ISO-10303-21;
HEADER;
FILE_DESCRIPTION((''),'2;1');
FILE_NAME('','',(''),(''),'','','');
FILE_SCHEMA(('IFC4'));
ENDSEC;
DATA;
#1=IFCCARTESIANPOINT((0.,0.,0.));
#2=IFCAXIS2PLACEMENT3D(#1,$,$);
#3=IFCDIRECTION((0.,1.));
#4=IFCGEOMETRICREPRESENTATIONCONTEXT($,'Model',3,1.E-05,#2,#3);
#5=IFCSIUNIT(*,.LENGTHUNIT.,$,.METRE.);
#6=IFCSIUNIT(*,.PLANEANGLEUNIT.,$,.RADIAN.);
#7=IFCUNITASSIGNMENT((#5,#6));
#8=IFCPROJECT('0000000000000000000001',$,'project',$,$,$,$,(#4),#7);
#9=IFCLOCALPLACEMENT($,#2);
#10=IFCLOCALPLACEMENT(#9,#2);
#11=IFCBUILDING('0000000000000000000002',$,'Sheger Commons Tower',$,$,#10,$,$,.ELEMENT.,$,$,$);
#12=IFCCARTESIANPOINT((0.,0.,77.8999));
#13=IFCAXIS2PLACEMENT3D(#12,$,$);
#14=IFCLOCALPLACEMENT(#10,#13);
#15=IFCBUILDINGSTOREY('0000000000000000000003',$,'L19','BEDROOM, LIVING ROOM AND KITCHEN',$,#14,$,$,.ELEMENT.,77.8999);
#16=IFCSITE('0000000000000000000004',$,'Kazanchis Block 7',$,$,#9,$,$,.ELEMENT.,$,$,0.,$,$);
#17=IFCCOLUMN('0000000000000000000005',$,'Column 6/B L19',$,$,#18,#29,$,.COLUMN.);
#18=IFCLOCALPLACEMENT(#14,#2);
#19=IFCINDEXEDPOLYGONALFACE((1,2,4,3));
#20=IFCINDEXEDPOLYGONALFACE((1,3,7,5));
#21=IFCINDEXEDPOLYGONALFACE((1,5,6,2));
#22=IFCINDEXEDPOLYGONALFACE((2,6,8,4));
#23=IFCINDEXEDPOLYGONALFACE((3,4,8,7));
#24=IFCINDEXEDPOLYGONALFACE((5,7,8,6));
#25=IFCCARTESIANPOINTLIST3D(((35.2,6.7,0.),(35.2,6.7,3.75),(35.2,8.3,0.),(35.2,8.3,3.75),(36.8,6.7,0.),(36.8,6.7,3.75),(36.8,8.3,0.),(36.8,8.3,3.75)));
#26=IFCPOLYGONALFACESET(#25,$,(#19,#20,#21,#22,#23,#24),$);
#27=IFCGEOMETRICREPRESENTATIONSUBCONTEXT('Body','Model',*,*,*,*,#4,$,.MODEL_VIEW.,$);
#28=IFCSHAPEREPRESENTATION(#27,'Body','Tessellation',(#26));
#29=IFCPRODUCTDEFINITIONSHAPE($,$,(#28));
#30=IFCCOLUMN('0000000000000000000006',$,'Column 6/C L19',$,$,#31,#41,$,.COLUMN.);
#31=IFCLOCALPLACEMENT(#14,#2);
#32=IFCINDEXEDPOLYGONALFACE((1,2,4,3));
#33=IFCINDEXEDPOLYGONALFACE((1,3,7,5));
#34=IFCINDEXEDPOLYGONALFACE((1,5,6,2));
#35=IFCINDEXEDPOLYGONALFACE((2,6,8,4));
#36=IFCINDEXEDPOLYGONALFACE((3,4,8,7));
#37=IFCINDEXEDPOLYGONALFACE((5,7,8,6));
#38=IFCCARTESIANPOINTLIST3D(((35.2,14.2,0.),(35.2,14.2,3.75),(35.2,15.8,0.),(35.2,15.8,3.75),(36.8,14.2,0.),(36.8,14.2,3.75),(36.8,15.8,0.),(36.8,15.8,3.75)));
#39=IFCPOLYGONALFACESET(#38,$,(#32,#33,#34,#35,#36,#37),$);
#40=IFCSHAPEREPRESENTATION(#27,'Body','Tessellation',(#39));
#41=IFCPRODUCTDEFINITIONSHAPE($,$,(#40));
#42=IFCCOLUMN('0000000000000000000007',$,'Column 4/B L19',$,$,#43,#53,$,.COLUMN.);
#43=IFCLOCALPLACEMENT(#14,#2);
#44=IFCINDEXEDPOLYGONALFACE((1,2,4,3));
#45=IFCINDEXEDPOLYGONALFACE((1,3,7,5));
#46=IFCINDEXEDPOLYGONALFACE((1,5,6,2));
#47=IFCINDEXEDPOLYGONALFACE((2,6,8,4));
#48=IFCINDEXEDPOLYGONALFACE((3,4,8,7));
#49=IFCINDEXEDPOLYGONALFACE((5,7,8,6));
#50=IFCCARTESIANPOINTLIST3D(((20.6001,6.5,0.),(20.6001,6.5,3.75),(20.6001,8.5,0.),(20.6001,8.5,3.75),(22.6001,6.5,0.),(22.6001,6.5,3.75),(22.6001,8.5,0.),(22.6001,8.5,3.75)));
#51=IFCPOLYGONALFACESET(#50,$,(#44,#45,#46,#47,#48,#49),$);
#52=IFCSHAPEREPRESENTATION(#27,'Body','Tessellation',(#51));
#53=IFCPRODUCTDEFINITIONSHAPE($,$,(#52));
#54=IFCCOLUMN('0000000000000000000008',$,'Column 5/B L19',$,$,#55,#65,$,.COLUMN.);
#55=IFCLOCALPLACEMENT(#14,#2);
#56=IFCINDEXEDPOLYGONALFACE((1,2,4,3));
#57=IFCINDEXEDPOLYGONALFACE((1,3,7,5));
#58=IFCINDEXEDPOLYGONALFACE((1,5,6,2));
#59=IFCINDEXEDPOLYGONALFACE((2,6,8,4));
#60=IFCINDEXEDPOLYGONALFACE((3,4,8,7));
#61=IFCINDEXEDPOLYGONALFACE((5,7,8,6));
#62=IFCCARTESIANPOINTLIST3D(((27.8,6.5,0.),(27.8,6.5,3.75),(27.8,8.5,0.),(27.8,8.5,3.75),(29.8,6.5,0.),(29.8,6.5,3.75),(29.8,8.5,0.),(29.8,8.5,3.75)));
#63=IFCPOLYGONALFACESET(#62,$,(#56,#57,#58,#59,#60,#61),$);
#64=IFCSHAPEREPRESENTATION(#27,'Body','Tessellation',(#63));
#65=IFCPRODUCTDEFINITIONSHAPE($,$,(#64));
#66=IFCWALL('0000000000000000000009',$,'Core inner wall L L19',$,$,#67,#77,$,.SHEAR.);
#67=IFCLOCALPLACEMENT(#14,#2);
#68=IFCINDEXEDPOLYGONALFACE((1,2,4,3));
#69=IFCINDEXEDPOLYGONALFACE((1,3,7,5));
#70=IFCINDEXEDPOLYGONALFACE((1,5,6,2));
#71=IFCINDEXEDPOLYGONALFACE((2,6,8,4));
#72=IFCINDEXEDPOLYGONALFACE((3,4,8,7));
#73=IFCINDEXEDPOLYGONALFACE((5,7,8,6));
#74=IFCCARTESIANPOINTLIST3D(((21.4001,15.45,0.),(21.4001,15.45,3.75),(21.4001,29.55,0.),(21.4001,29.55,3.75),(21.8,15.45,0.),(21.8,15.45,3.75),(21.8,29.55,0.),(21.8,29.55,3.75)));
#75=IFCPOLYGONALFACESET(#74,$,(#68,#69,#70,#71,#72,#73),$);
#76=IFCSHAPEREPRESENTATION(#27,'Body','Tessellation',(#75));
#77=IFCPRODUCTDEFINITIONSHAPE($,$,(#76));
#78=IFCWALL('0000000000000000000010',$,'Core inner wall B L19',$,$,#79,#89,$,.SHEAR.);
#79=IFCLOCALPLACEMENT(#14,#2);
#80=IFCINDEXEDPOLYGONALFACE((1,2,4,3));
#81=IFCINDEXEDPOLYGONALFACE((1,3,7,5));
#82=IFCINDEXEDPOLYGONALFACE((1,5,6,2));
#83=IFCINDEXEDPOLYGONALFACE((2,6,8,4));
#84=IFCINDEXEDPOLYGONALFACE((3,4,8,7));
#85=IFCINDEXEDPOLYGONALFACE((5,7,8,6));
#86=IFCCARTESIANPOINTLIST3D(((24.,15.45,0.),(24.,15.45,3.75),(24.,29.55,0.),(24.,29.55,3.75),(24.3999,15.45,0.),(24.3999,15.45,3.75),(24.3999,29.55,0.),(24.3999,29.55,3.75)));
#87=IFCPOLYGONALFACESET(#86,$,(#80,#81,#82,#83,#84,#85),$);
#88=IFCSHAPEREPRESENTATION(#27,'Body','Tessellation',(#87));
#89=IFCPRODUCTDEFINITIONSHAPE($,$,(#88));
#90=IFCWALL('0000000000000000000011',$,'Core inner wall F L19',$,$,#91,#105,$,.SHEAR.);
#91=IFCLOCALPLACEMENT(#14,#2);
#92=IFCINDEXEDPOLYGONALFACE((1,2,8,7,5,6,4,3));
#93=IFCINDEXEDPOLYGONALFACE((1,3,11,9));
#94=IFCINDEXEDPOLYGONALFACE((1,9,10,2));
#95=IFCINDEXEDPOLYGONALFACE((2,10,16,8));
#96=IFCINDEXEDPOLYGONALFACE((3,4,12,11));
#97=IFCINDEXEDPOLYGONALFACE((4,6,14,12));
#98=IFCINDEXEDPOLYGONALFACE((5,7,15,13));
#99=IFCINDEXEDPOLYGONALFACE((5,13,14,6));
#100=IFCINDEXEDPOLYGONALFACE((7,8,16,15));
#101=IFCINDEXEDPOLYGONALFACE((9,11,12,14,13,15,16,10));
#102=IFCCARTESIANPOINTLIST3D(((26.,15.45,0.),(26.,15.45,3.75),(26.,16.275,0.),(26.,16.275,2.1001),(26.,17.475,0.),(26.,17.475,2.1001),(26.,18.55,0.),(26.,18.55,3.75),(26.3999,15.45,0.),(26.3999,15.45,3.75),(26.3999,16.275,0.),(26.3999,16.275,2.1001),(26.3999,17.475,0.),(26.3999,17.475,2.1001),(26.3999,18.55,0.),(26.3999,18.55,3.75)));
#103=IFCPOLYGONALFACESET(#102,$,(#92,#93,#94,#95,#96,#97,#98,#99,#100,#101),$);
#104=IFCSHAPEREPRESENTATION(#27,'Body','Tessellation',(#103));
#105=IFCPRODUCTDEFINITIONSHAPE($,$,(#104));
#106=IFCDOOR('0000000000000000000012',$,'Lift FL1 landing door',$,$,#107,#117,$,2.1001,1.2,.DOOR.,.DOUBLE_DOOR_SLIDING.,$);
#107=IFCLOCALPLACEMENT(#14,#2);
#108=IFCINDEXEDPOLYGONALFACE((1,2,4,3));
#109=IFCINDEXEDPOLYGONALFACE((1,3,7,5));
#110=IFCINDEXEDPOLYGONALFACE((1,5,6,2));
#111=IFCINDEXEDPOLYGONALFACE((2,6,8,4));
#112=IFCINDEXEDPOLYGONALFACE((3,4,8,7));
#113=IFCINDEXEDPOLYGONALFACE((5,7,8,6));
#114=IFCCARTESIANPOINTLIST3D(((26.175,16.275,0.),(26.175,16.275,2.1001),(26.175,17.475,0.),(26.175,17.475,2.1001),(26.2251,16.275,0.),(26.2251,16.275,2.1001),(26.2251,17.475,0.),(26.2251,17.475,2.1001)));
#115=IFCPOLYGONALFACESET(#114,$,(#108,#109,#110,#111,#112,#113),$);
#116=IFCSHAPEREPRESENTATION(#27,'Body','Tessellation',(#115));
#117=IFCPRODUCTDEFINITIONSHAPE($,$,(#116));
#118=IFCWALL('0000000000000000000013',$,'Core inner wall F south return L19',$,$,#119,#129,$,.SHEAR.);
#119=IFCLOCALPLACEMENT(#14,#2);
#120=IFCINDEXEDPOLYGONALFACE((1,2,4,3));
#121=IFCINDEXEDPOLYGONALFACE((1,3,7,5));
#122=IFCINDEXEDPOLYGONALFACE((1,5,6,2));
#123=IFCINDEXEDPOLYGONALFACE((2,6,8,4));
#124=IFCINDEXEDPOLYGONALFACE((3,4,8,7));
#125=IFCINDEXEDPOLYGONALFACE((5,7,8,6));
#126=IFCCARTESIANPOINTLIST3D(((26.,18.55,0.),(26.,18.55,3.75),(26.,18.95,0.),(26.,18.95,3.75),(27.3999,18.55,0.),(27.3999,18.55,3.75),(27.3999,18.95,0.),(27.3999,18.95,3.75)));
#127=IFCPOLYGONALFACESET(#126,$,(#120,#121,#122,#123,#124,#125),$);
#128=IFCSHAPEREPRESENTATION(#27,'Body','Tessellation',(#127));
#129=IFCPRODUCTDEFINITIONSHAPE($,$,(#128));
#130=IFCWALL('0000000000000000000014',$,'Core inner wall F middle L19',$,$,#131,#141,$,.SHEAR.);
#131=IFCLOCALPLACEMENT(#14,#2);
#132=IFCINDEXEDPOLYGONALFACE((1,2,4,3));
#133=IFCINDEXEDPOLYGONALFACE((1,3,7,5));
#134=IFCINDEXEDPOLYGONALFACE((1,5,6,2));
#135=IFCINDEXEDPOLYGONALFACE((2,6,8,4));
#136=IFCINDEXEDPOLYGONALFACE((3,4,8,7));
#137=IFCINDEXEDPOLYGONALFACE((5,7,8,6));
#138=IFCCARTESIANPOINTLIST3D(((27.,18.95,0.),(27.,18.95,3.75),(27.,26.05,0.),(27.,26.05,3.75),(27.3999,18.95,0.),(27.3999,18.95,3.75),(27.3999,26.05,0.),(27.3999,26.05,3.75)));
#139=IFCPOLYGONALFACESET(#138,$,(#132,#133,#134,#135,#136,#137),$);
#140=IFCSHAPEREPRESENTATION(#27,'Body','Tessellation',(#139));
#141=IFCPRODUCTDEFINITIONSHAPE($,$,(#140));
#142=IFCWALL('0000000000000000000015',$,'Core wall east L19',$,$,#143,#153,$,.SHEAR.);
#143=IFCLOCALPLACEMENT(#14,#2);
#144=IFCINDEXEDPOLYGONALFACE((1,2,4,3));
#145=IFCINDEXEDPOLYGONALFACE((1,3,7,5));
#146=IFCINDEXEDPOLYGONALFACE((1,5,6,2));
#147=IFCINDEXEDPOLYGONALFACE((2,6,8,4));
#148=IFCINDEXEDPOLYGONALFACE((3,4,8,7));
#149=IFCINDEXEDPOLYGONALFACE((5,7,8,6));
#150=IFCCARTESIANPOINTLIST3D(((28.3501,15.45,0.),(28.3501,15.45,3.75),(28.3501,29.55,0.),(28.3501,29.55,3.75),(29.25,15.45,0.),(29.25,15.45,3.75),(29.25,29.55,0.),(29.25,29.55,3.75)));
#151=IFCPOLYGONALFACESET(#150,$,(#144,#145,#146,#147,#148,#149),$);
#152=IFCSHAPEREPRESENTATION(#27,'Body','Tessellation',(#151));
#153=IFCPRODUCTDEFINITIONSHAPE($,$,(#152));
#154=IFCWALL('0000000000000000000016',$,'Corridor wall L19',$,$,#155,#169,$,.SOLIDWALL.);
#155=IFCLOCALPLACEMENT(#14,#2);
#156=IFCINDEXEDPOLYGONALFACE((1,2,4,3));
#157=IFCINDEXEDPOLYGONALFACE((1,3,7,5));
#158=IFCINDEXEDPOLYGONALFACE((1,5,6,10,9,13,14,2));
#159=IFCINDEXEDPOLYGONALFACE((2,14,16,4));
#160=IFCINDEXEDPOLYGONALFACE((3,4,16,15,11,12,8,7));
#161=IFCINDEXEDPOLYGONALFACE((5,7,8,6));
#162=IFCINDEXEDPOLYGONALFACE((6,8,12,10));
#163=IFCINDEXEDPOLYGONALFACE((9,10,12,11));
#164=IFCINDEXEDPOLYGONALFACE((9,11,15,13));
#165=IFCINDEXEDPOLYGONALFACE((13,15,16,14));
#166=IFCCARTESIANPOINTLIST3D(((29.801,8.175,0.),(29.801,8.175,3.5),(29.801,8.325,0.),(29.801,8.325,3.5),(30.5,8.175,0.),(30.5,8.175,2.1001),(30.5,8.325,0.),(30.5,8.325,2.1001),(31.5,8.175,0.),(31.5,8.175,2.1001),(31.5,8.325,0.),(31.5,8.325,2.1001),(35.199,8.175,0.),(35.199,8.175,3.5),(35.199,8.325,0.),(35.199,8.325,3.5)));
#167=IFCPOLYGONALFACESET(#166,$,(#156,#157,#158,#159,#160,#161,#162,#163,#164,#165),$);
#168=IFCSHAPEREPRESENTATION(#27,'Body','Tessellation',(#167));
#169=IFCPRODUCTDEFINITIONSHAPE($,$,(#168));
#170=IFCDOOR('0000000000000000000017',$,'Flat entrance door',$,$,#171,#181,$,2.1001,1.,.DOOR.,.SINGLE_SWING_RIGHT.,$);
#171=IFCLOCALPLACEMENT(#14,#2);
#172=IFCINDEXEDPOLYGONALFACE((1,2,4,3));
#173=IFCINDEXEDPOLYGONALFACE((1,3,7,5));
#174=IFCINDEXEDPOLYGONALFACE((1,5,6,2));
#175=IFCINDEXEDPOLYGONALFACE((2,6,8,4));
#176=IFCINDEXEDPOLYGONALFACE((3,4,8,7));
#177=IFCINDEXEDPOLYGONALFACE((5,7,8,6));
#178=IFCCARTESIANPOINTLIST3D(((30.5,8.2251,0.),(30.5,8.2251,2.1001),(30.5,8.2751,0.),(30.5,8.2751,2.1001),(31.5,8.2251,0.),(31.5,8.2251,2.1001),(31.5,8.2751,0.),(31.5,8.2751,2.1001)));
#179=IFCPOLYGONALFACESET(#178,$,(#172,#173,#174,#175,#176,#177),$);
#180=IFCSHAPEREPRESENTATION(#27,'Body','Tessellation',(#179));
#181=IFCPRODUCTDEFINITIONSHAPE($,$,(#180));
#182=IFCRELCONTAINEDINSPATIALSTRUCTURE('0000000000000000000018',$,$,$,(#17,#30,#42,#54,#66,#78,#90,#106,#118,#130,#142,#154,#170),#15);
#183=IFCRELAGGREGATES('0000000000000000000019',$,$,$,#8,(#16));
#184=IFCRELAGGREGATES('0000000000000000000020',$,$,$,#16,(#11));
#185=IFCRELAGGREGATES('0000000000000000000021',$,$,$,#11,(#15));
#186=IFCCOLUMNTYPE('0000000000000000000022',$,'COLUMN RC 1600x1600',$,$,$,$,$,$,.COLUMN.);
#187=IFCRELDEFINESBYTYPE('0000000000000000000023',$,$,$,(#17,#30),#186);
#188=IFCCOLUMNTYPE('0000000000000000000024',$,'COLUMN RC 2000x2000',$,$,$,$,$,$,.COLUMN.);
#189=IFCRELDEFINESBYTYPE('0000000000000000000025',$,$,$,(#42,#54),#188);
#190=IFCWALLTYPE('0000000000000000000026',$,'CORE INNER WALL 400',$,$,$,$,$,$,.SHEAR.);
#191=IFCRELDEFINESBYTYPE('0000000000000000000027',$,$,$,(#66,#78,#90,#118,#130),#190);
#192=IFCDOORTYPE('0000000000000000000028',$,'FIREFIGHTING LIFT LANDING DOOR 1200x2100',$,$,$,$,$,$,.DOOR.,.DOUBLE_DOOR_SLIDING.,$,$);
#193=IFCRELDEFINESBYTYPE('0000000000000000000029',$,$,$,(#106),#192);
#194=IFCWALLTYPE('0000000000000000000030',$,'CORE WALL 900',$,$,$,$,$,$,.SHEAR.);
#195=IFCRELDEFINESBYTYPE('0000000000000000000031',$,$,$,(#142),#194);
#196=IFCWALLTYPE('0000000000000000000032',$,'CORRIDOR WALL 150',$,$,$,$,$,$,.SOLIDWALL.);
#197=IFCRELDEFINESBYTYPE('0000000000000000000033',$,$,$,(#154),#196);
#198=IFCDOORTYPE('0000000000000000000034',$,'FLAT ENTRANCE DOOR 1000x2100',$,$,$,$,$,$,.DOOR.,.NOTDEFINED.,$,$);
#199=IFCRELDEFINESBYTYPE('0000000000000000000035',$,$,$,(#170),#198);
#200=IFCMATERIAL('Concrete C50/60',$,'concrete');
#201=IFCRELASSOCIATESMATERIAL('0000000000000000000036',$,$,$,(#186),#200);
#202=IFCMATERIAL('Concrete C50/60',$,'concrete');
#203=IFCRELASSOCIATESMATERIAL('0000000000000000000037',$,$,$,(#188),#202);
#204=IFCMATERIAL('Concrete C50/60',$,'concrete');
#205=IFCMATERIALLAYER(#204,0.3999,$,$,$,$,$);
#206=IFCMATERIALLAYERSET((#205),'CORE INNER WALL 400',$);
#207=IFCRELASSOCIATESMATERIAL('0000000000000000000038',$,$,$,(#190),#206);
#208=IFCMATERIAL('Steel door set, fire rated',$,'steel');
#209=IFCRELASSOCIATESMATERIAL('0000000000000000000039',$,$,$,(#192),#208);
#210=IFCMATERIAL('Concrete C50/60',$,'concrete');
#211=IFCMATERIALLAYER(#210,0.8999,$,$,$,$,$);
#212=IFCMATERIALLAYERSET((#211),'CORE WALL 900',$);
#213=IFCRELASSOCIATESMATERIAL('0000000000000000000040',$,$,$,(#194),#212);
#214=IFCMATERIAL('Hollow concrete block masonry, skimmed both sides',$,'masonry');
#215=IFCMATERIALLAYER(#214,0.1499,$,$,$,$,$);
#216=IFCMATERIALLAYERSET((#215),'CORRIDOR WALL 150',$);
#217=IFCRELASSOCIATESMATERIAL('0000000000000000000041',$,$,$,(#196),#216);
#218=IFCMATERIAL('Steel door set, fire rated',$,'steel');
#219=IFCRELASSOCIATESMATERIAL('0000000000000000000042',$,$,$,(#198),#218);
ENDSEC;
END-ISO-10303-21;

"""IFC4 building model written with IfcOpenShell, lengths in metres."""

from ifc_helpers import new_model, si_unit, direction, frame, frame_2d, origin, origin_2d, place, context, subcontext, project, spatial, rectangle, extrude, material, layer, layer_set, material_profile, profile_set, type_object, element, fill, save


model = new_model("IFC4")

# Units and contexts
model_context = context("Model", 3, precision=1e-05, world=origin(), true_north=direction((0.0, 1.0)))
body_context = subcontext(model_context, "Body", "Model", "MODEL_VIEW")
ifc_project = project(units=[si_unit("LENGTHUNIT", "METRE"), si_unit("PLANEANGLEUNIT", "RADIAN")], contexts=[model_context])

# Site, building, storey
site_placement = place(None, origin())
site = spatial("IfcSite", under=ifc_project, at=site_placement, Name="Kazanchis Block 7", CompositionType="ELEMENT", RefElevation=0.0)
building_placement = place(site_placement, origin())
building = spatial("IfcBuilding", under=site, at=building_placement, Name="Sheger Commons Tower", CompositionType="ELEMENT")
storey_placement = place(building_placement, frame((0.0, 0.0, 77.8999)))
storey = spatial("IfcBuildingStorey", under=building, at=storey_placement, Name="L19", Description="BEDROOM, LIVING ROOM AND KITCHEN", CompositionType="ELEMENT", Elevation=77.8999)

# Columns
ifc_material_1 = material(Name="Concrete C50/60", Category="concrete")
ifc_material_profile_1 = material_profile(ifc_material_1, rectangle(XDim=1.6001, YDim=1.6001, at=origin_2d()), Name="RC 1600x1600")
ifc_profile_set_1 = profile_set([ifc_material_profile_1], Name="Concrete C50/60")
column_type_1 = type_object("IfcColumnType", Name="COLUMN RC 1600x1600", PredefinedType="COLUMN", material=ifc_profile_set_1)
for number, where, z_axis, x_axis, name in (
    (1, (36.0, 7.5, 0.0), (0.0, 0.0, 1.0), (1.0, 0.0, 0.0), "Column 6/B L19"),
    (2, (36.0, 15.0, 0.0), (0.0, 0.0, 1.0), (1.0, 0.0, 0.0), "Column 6/C L19"),
):
    element("IfcColumn", number, at=place(storey_placement, frame(where, z_axis=z_axis, x_axis=x_axis)), inside=storey, type_object=column_type_1, Name=name, PredefinedType="COLUMN", context=body_context, shape_type="SweptSolid", body=[
        extrude(rectangle(XDim=1.6001, YDim=1.6001, at=origin_2d()), origin(), (0.0, 0.0, 1.0), 3.75),
    ])
ifc_material_2 = material(Name="Concrete C50/60", Category="concrete")
ifc_material_profile_2 = material_profile(ifc_material_2, rectangle(XDim=2.0, YDim=2.0, at=origin_2d()), Name="RC 2000x2000")
ifc_profile_set_2 = profile_set([ifc_material_profile_2], Name="Concrete C50/60")
column_type_2 = type_object("IfcColumnType", Name="COLUMN RC 2000x2000", PredefinedType="COLUMN", material=ifc_profile_set_2)
for number, where, z_axis, x_axis, name in (
    (3, (21.6001, 7.5, 0.0), (0.0, 0.0, 1.0), (1.0, 0.0, 0.0), "Column 4/B L19"),
    (4, (28.8, 7.5, 0.0), (0.0, 0.0, 1.0), (1.0, 0.0, 0.0), "Column 5/B L19"),
):
    element("IfcColumn", number, at=place(storey_placement, frame(where, z_axis=z_axis, x_axis=x_axis)), inside=storey, type_object=column_type_2, Name=name, PredefinedType="COLUMN", context=body_context, shape_type="SweptSolid", body=[
        extrude(rectangle(XDim=2.0, YDim=2.0, at=origin_2d()), origin(), (0.0, 0.0, 1.0), 3.75),
    ])

# Walls
ifc_material_3 = material(Name="Concrete C50/60", Category="concrete")
ifc_layer_1 = layer(ifc_material_3, 0.3999)
ifc_layer_set_1 = layer_set([ifc_layer_1], Name="CORE INNER WALL 400")
wall_type_1 = type_object("IfcWallType", Name="CORE INNER WALL 400", PredefinedType="SHEAR", material=ifc_layer_set_1)
for number, where, z_axis, x_axis, name in (
    (5, (21.6001, 15.45, 0.0), (0.0, 0.0, 1.0), (0.0, 1.0, 0.0), "Core inner wall L L19"),
    (6, (24.2, 15.45, 0.0), (0.0, 0.0, 1.0), (0.0, 1.0, 0.0), "Core inner wall B L19"),
):
    element("IfcWall", number, at=place(storey_placement, frame(where, z_axis=z_axis, x_axis=x_axis)), inside=storey, type_object=wall_type_1, Name=name, PredefinedType="SHEAR", context=body_context, shape_type="SweptSolid", body=[
        extrude(rectangle(XDim=14.1001, YDim=0.3999, at=frame_2d((7.05, 0.0))), origin(), (0.0, 0.0, 1.0), 3.75),
    ])

# Wall, opening, door
wall_1_placement = place(storey_placement, frame((26.2, 15.45, 0.0), z_axis=(0.0, 0.0, 1.0), x_axis=(0.0, 1.0, 0.0)))
wall_1 = element("IfcWall", 7, at=wall_1_placement, inside=storey, type_object=wall_type_1, Name="Core inner wall F L19", PredefinedType="SHEAR", context=body_context, shape_type="SweptSolid", body=[
    extrude(rectangle(XDim=3.1001, YDim=0.3999, at=frame_2d((1.55, 0.0))), origin(), (0.0, 0.0, 1.0), 3.75),
])
opening_1_placement = place(wall_1_placement, frame((0.825, 0.0, 0.0)))
opening_1 = element("IfcOpeningElement", 8, at=opening_1_placement, cuts=wall_1, PredefinedType="OPENING", context=body_context, shape_type="SweptSolid", body=[
    extrude(rectangle(XDim=1.2, YDim=2.1001, at=frame_2d((0.6001, 1.05))), frame((0.0, 0.21, 0.0), z_axis=(0.0, -1.0, 0.0), x_axis=(1.0, 0.0, 0.0)), (0.0, 0.0, 1.0), 0.4199),
])
ifc_material_4 = material(Name="Steel door set, fire rated", Category="steel")
door_type_1 = type_object("IfcDoorType", Name="FIREFIGHTING LIFT LANDING DOOR 1200x2100", OperationType="DOUBLE_DOOR_SLIDING", PredefinedType="DOOR", material=ifc_material_4)
door_1_placement = place(opening_1_placement, origin())
door_1 = element("IfcDoor", 9, at=door_1_placement, inside=storey, type_object=door_type_1, Name="Lift FL1 landing door", OperationType="DOUBLE_DOOR_SLIDING", OverallHeight=2.1001, OverallWidth=1.2, PredefinedType="DOOR", context=body_context, shape_type="SweptSolid", body=[
    extrude(rectangle(XDim=1.2, YDim=2.1001, at=frame_2d((0.6001, 1.05))), frame((0.0, 0.0249, 0.0), z_axis=(0.0, -1.0, 0.0), x_axis=(1.0, 0.0, 0.0)), (0.0, 0.0, 1.0), 0.05),
])
fill(opening_1, door_1)

# Walls
wall_2_placement = place(storey_placement, frame((26.0, 18.75, 0.0), z_axis=(0.0, 0.0, 1.0), x_axis=(1.0, 0.0, 0.0)))
element("IfcWall", 10, at=wall_2_placement, inside=storey, type_object=wall_type_1, Name="Core inner wall F south return L19", PredefinedType="SHEAR", context=body_context, shape_type="SweptSolid", body=[
    extrude(rectangle(XDim=1.3999, YDim=0.3999, at=frame_2d((0.7, 0.0))), origin(), (0.0, 0.0, 1.0), 3.75),
])
wall_3_placement = place(storey_placement, frame((27.2, 18.95, 0.0), z_axis=(0.0, 0.0, 1.0), x_axis=(0.0, 1.0, 0.0)))
element("IfcWall", 11, at=wall_3_placement, inside=storey, type_object=wall_type_1, Name="Core inner wall F middle L19", PredefinedType="SHEAR", context=body_context, shape_type="SweptSolid", body=[
    extrude(rectangle(XDim=7.1001, YDim=0.3999, at=frame_2d((3.55, 0.0))), origin(), (0.0, 0.0, 1.0), 3.75),
])
ifc_material_5 = material(Name="Concrete C50/60", Category="concrete")
ifc_layer_2 = layer(ifc_material_5, 0.8999)
ifc_layer_set_2 = layer_set([ifc_layer_2], Name="CORE WALL 900")
wall_type_2 = type_object("IfcWallType", Name="CORE WALL 900", PredefinedType="SHEAR", material=ifc_layer_set_2)
wall_4_placement = place(storey_placement, frame((28.8, 15.45, 0.0), z_axis=(0.0, 0.0, 1.0), x_axis=(0.0, 1.0, 0.0)))
element("IfcWall", 12, at=wall_4_placement, inside=storey, type_object=wall_type_2, Name="Core wall east L19", PredefinedType="SHEAR", context=body_context, shape_type="SweptSolid", body=[
    extrude(rectangle(XDim=14.1001, YDim=0.8999, at=frame_2d((7.05, 0.0))), origin(), (0.0, 0.0, 1.0), 3.75),
])

# Wall, opening, door
ifc_material_6 = material(Name="Hollow concrete block masonry, skimmed both sides", Category="masonry")
ifc_layer_3 = layer(ifc_material_6, 0.1499)
ifc_layer_set_3 = layer_set([ifc_layer_3], Name="CORRIDOR WALL 150")
wall_type_3 = type_object("IfcWallType", Name="CORRIDOR WALL 150", PredefinedType="SOLIDWALL", material=ifc_layer_set_3)
wall_5_placement = place(storey_placement, frame((35.199, 8.25, 0.0), z_axis=(0.0, 0.0, 1.0), x_axis=(-1.0, 0.0, 0.0)))
wall_5 = element("IfcWall", 13, at=wall_5_placement, inside=storey, type_object=wall_type_3, Name="Corridor wall L19", PredefinedType="SOLIDWALL", context=body_context, shape_type="SweptSolid", body=[
    extrude(rectangle(XDim=5.3979, YDim=0.1499, at=frame_2d((2.699, 0.0))), origin(), (0.0, 0.0, 1.0), 3.5),
])
opening_2_placement = place(wall_5_placement, frame((3.699, 0.0, 0.0)))
opening_2 = element("IfcOpeningElement", 14, at=opening_2_placement, cuts=wall_5, PredefinedType="OPENING", context=body_context, shape_type="SweptSolid", body=[
    extrude(rectangle(XDim=1.0, YDim=2.1001, at=frame_2d((0.5, 1.05))), frame((0.0, 0.085, 0.0), z_axis=(0.0, -1.0, 0.0), x_axis=(1.0, 0.0, 0.0)), (0.0, 0.0, 1.0), 0.1699),
])
ifc_material_7 = material(Name="Steel door set, fire rated", Category="steel")
door_type_2 = type_object("IfcDoorType", Name="FLAT ENTRANCE DOOR 1000x2100", OperationType="NOTDEFINED", PredefinedType="DOOR", material=ifc_material_7)
door_2_placement = place(opening_2_placement, origin())
door_2 = element("IfcDoor", 15, at=door_2_placement, inside=storey, type_object=door_type_2, Name="Flat entrance door", OperationType="SINGLE_SWING_RIGHT", OverallHeight=2.1001, OverallWidth=1.0, PredefinedType="DOOR", context=body_context, shape_type="SweptSolid", body=[
    extrude(rectangle(XDim=1.0, YDim=2.1001, at=frame_2d((0.5, 1.05))), frame((0.0, 0.0249, 0.0), z_axis=(0.0, -1.0, 0.0), x_axis=(1.0, 0.0, 0.0)), (0.0, 0.0, 1.0), 0.05),
])
fill(opening_2, door_2)

save(model, "model.ifc")
